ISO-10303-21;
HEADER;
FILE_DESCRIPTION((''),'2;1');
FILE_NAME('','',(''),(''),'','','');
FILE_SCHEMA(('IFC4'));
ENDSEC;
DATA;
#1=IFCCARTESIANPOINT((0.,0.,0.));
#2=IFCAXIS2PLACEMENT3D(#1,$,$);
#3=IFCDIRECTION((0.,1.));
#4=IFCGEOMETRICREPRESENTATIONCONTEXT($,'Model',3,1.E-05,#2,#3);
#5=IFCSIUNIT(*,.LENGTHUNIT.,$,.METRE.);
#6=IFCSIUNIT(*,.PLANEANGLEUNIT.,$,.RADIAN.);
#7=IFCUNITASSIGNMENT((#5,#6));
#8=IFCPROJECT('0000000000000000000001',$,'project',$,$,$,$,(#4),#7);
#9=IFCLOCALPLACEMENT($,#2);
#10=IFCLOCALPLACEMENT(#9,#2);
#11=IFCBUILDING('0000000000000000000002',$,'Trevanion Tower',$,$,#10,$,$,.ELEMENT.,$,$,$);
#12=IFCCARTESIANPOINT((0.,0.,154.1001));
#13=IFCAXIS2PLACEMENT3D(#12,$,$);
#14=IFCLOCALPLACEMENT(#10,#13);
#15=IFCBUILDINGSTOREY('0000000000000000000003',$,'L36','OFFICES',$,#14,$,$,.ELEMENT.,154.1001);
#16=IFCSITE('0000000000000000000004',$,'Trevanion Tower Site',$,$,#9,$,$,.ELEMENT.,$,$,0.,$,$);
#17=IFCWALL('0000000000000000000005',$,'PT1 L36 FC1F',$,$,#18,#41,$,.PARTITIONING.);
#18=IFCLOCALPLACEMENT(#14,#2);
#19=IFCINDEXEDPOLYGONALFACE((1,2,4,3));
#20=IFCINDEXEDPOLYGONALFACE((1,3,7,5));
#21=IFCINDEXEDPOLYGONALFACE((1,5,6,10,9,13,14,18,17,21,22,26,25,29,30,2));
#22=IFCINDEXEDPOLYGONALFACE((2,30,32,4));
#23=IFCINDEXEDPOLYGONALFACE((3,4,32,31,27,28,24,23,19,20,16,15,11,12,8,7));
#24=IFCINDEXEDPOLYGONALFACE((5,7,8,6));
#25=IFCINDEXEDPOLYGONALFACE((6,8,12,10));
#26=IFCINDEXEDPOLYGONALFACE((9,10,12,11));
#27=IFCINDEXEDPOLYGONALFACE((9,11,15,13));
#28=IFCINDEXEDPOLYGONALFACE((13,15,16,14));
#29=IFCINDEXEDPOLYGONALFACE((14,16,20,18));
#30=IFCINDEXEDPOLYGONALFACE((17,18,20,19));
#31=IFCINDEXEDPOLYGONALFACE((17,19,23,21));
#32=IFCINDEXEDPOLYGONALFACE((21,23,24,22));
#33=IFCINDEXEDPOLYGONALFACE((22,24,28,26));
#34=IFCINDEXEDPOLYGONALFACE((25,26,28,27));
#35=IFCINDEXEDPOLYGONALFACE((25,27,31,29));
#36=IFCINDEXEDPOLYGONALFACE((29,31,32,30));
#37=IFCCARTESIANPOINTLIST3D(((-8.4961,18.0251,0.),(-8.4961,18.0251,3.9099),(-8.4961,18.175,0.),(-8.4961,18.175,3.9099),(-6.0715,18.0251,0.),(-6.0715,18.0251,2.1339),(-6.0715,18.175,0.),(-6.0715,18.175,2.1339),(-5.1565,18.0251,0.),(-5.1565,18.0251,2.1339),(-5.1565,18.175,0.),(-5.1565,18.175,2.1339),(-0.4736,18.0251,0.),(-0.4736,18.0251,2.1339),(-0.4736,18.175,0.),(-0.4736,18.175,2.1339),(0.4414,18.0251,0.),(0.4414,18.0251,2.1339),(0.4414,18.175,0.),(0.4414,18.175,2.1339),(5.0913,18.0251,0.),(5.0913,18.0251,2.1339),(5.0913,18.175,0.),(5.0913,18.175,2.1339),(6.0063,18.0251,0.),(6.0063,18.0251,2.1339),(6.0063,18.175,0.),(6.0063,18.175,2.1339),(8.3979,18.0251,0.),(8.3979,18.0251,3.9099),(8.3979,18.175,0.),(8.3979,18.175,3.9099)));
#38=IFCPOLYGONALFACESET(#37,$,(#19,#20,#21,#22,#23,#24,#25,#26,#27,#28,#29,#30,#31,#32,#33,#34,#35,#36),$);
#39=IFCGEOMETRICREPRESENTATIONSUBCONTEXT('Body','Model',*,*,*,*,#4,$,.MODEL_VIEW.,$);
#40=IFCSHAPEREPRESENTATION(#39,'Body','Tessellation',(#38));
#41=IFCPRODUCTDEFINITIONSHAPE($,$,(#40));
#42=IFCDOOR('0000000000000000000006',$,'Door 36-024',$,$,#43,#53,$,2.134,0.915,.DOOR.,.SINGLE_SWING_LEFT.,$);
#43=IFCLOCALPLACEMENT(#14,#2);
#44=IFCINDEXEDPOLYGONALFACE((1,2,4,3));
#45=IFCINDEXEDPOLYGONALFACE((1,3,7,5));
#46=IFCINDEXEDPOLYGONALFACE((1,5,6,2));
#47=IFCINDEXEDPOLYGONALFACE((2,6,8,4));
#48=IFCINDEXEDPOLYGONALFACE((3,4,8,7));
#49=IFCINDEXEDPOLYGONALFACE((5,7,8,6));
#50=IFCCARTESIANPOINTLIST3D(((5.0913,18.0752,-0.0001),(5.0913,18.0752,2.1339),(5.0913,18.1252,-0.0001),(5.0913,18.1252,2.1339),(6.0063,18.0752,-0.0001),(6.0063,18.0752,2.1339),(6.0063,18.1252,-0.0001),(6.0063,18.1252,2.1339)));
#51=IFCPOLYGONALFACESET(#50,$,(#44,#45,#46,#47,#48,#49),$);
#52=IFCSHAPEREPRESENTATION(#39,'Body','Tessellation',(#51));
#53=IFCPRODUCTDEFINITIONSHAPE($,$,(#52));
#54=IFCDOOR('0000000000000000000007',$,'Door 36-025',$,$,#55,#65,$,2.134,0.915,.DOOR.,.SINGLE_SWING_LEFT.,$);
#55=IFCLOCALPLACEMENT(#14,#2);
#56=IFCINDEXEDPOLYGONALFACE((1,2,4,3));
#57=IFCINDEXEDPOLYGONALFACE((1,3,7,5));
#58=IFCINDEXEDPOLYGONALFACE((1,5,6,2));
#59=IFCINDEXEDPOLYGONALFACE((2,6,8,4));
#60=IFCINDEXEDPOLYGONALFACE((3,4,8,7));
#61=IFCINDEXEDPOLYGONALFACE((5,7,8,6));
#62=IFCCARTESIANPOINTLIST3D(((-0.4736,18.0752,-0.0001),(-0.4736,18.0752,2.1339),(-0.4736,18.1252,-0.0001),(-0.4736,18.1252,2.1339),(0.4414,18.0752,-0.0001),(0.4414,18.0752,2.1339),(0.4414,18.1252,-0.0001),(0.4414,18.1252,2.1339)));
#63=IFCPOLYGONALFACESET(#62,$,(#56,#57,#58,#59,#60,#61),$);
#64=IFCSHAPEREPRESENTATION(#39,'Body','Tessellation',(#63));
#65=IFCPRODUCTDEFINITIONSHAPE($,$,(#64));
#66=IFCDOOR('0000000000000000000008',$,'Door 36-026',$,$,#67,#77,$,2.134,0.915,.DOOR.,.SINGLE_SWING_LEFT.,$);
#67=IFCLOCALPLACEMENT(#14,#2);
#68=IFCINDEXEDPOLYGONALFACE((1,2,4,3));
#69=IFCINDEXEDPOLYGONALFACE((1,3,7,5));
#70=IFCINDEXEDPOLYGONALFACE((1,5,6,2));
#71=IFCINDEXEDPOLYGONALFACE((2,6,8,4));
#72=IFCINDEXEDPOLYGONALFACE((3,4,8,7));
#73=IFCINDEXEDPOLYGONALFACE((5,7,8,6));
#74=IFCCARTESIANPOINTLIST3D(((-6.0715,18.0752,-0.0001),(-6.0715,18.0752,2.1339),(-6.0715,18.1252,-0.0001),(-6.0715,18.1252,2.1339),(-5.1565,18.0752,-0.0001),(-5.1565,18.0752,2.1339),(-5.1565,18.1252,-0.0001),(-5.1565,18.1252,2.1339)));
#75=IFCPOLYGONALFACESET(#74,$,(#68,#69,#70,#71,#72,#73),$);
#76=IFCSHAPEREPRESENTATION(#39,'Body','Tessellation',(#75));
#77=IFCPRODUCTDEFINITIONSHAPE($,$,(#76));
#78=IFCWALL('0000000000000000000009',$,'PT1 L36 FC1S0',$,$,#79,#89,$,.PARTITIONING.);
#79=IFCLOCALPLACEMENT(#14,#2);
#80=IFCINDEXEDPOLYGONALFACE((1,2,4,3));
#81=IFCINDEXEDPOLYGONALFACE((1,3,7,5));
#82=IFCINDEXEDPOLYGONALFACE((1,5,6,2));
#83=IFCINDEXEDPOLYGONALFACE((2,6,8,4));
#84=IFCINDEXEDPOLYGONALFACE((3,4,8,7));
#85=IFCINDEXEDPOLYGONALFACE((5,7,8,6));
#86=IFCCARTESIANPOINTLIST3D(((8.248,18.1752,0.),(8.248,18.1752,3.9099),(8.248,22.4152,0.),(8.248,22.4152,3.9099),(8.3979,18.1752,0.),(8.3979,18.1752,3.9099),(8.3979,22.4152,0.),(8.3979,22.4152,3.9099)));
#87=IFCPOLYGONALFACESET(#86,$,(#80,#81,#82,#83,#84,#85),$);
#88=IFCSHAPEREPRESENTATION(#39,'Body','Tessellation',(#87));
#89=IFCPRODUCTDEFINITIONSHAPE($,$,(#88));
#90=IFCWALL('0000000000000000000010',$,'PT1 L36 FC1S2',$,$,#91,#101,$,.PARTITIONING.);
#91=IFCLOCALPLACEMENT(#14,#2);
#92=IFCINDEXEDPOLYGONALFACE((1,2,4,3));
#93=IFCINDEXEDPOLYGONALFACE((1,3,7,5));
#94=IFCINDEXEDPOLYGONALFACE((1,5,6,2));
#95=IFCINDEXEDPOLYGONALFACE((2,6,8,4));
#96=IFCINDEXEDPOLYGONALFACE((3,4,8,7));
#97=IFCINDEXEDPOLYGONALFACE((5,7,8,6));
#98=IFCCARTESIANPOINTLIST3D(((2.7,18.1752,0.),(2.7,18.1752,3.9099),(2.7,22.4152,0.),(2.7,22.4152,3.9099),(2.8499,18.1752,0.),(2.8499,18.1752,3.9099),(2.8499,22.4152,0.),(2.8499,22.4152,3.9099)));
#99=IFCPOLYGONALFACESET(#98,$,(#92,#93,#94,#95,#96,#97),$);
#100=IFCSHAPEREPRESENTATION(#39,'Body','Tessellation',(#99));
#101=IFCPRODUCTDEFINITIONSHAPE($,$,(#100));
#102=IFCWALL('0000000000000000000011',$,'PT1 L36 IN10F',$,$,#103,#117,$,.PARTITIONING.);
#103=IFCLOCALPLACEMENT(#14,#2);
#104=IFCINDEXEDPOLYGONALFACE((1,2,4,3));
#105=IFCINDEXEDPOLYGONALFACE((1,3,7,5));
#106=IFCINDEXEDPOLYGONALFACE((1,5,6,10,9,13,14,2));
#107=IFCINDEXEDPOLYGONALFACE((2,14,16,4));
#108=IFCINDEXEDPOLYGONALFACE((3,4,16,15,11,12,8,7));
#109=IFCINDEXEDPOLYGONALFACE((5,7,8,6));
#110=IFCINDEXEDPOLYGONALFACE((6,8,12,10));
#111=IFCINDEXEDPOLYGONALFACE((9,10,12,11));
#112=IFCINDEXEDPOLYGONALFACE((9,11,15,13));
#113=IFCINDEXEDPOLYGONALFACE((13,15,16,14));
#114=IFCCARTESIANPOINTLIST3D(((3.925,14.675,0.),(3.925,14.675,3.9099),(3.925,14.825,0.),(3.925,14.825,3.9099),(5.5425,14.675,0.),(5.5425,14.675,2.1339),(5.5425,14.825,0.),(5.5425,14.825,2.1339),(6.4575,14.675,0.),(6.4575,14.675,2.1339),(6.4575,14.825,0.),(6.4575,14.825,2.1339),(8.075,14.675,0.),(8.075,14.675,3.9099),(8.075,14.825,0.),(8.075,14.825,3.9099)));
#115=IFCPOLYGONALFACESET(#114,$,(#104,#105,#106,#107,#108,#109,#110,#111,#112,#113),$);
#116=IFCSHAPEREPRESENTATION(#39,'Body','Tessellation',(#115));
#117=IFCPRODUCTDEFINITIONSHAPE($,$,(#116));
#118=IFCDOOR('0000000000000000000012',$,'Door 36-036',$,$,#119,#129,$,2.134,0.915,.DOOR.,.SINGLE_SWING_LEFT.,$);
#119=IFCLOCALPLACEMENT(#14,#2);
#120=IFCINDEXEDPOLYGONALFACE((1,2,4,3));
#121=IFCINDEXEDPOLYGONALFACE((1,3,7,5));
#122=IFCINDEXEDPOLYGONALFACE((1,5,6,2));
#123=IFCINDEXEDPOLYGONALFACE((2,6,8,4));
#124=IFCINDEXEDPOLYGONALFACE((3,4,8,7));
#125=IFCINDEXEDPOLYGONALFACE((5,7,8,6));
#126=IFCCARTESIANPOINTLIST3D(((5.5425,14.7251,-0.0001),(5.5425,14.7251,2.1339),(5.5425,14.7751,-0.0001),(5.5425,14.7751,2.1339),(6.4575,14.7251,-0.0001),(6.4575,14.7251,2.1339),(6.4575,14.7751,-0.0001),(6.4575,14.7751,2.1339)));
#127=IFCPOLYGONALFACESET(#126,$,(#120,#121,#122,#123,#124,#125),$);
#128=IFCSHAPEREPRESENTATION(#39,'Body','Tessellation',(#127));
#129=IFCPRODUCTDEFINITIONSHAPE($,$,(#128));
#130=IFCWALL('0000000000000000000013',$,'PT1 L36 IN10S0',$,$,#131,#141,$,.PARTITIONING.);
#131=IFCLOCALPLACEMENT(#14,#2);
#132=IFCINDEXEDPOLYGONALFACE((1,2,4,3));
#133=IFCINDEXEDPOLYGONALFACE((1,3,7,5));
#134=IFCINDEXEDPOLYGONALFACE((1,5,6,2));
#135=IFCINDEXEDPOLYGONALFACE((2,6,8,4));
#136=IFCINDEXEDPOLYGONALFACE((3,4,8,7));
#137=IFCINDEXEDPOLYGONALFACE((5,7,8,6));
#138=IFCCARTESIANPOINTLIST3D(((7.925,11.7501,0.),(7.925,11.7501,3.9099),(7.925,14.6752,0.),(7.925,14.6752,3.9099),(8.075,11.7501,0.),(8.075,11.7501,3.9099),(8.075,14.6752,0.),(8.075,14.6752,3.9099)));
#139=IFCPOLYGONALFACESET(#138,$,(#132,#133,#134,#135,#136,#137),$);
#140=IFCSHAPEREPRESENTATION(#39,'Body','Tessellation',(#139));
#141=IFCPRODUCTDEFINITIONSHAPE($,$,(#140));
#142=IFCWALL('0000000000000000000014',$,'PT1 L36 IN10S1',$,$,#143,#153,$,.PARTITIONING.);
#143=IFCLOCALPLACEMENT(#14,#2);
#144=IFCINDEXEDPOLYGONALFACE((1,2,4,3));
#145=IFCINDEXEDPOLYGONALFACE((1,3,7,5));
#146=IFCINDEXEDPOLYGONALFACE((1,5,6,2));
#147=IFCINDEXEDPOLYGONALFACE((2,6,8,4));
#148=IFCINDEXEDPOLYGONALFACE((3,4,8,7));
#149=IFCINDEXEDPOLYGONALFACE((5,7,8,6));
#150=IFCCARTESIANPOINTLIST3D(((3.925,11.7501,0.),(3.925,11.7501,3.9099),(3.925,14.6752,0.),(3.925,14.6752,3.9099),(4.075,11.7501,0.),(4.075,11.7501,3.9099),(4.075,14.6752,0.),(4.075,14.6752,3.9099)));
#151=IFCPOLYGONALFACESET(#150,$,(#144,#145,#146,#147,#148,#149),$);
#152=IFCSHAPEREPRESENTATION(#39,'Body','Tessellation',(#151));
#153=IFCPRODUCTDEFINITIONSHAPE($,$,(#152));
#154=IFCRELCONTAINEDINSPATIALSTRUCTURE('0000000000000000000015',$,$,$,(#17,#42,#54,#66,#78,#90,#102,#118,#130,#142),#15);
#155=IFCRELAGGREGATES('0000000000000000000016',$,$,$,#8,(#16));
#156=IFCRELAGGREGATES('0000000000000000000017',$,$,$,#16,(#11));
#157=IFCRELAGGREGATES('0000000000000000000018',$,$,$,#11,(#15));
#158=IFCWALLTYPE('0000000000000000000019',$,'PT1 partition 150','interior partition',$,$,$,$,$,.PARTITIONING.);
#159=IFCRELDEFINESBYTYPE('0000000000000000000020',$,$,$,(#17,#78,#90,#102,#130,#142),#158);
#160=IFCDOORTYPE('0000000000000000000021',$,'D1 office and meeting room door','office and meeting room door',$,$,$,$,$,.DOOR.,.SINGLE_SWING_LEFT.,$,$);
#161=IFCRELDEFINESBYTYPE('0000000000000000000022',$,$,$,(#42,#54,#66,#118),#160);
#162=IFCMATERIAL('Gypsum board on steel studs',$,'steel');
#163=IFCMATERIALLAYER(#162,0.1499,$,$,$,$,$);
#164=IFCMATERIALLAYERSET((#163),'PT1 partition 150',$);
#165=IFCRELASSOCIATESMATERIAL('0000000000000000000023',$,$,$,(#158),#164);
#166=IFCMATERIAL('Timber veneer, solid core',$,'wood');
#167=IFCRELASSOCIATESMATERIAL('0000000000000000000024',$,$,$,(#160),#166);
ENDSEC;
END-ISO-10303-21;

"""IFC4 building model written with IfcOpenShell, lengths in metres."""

from ifc_helpers import new_model, si_unit, direction, frame, frame_2d, origin, place, context, subcontext, project, spatial, rectangle, extrude, material, layer, layer_set, type_object, element, fill, save


model = new_model("IFC4")

# Units and contexts
model_context = context("Model", 3, precision=1e-05, world=origin(), true_north=direction((0.0, 1.0)))
body_context = subcontext(model_context, "Body", "Model", "MODEL_VIEW")
ifc_project = project(units=[si_unit("LENGTHUNIT", "METRE"), si_unit("PLANEANGLEUNIT", "RADIAN")], contexts=[model_context])

# Site, building, storey
site_placement = place(None, origin())
site = spatial("IfcSite", under=ifc_project, at=site_placement, Name="Trevanion Tower Site", CompositionType="ELEMENT", RefElevation=0.0)
building_placement = place(site_placement, origin())
building = spatial("IfcBuilding", under=site, at=building_placement, Name="Trevanion Tower", CompositionType="ELEMENT")
storey_placement = place(building_placement, frame((0.0, 0.0, 154.1001)))
storey = spatial("IfcBuildingStorey", under=building, at=storey_placement, Name="L36", Description="OFFICES", CompositionType="ELEMENT", Elevation=154.1001)

# Shared definitions
ifc_material_1 = material(Name="Gypsum board on steel studs", Category="steel")
ifc_layer_1 = layer(ifc_material_1, 0.1499)
ifc_layer_set_1 = layer_set([ifc_layer_1], Name="PT1 partition 150")
wall_type = type_object("IfcWallType", Name="PT1 partition 150", Description="interior partition", PredefinedType="PARTITIONING", material=ifc_layer_set_1)
ifc_material_2 = material(Name="Timber veneer, solid core", Category="wood")
door_type = type_object("IfcDoorType", Name="D1 office and meeting room door", Description="office and meeting room door", OperationType="SINGLE_SWING_LEFT", PredefinedType="DOOR", material=ifc_material_2)

# Wall, openings, doors
wall_1_placement = place(storey_placement, frame((8.3979, 18.1001, 0.0), z_axis=(0.0, 0.0, 1.0), x_axis=(-1.0, 0.0, 0.0)))
wall_1 = element("IfcWall", 1, at=wall_1_placement, inside=storey, type_object=wall_type, Name="PT1 L36 FC1F", PredefinedType="PARTITIONING", context=body_context, shape_type="SweptSolid", body=[
    extrude(rectangle(XDim=16.894, YDim=0.1499, at=frame_2d((8.447, 0.0))), origin(), (0.0, 0.0, 1.0), 3.9099),
])
opening_1_placement = place(wall_1_placement, frame((2.3916, 0.0, 0.0)))
opening_1 = element("IfcOpeningElement", 2, at=opening_1_placement, cuts=wall_1, PredefinedType="OPENING", context=body_context, shape_type="SweptSolid", body=[
    extrude(rectangle(XDim=0.915, YDim=2.134, at=frame_2d((0.4575, 1.0669))), frame((0.0, 0.085, 0.0), z_axis=(0.0, -1.0, 0.0), x_axis=(1.0, 0.0, 0.0)), (0.0, 0.0, 1.0), 0.1699),
])
opening_2_placement = place(wall_1_placement, frame((7.9565, 0.0, 0.0)))
opening_2 = element("IfcOpeningElement", 3, at=opening_2_placement, cuts=wall_1, PredefinedType="OPENING", context=body_context, shape_type="SweptSolid", body=[
    extrude(rectangle(XDim=0.915, YDim=2.134, at=frame_2d((0.4575, 1.0669))), frame((0.0, 0.085, 0.0), z_axis=(0.0, -1.0, 0.0), x_axis=(1.0, 0.0, 0.0)), (0.0, 0.0, 1.0), 0.1699),
])
opening_3_placement = place(wall_1_placement, frame((13.5544, 0.0, 0.0)))
opening_3 = element("IfcOpeningElement", 4, at=opening_3_placement, cuts=wall_1, PredefinedType="OPENING", context=body_context, shape_type="SweptSolid", body=[
    extrude(rectangle(XDim=0.915, YDim=2.134, at=frame_2d((0.4575, 1.0669))), frame((0.0, 0.085, 0.0), z_axis=(0.0, -1.0, 0.0), x_axis=(1.0, 0.0, 0.0)), (0.0, 0.0, 1.0), 0.1699),
])
door_1_placement = place(opening_1_placement, origin())
door_1 = element("IfcDoor", 5, at=door_1_placement, inside=storey, type_object=door_type, Name="Door 36-024", OperationType="SINGLE_SWING_LEFT", OverallHeight=2.134, OverallWidth=0.915, PredefinedType="DOOR", context=body_context, shape_type="SweptSolid", body=[
    extrude(rectangle(XDim=0.915, YDim=2.134, at=frame_2d((0.4575, 1.0669))), frame((0.0, 0.0249, 0.0), z_axis=(0.0, -1.0, 0.0), x_axis=(1.0, 0.0, 0.0)), (0.0, 0.0, 1.0), 0.05),
])
fill(opening_1, door_1)
door_2_placement = place(opening_2_placement, origin())
door_2 = element("IfcDoor", 6, at=door_2_placement, inside=storey, type_object=door_type, Name="Door 36-025", OperationType="SINGLE_SWING_LEFT", OverallHeight=2.134, OverallWidth=0.915, PredefinedType="DOOR", context=body_context, shape_type="SweptSolid", body=[
    extrude(rectangle(XDim=0.915, YDim=2.134, at=frame_2d((0.4575, 1.0669))), frame((0.0, 0.0249, 0.0), z_axis=(0.0, -1.0, 0.0), x_axis=(1.0, 0.0, 0.0)), (0.0, 0.0, 1.0), 0.05),
])
fill(opening_2, door_2)
door_3_placement = place(opening_3_placement, origin())
door_3 = element("IfcDoor", 7, at=door_3_placement, inside=storey, type_object=door_type, Name="Door 36-026", OperationType="SINGLE_SWING_LEFT", OverallHeight=2.134, OverallWidth=0.915, PredefinedType="DOOR", context=body_context, shape_type="SweptSolid", body=[
    extrude(rectangle(XDim=0.915, YDim=2.134, at=frame_2d((0.4575, 1.0669))), frame((0.0, 0.0249, 0.0), z_axis=(0.0, -1.0, 0.0), x_axis=(1.0, 0.0, 0.0)), (0.0, 0.0, 1.0), 0.05),
])
fill(opening_3, door_3)

# Walls
for number, where, z_axis, x_axis, name in (
    (8, (8.323, 18.175, 0.0), (0.0, 0.0, 1.0), (0.0, 1.0, 0.0), "PT1 L36 FC1S0"),
    (9, (2.7749, 18.175, 0.0), (0.0, 0.0, 1.0), (0.0, 1.0, 0.0), "PT1 L36 FC1S2"),
):
    element("IfcWall", number, at=place(storey_placement, frame(where, z_axis=z_axis, x_axis=x_axis)), inside=storey, type_object=wall_type, Name=name, PredefinedType="PARTITIONING", context=body_context, shape_type="SweptSolid", body=[
        extrude(rectangle(XDim=4.24, YDim=0.1499, at=frame_2d((2.1201, 0.0))), origin(), (0.0, 0.0, 1.0), 3.9099),
    ])

# Wall, opening, door
wall_2_placement = place(storey_placement, frame((8.075, 14.75, 0.0), z_axis=(0.0, 0.0, 1.0), x_axis=(-1.0, 0.0, 0.0)))
wall_2 = element("IfcWall", 10, at=wall_2_placement, inside=storey, type_object=wall_type, Name="PT1 L36 IN10F", PredefinedType="PARTITIONING", context=body_context, shape_type="SweptSolid", body=[
    extrude(rectangle(XDim=4.1499, YDim=0.1499, at=frame_2d((2.075, 0.0))), origin(), (0.0, 0.0, 1.0), 3.9099),
])
opening_4_placement = place(wall_2_placement, frame((1.6174, 0.0, 0.0)))
opening_4 = element("IfcOpeningElement", 11, at=opening_4_placement, cuts=wall_2, PredefinedType="OPENING", context=body_context, shape_type="SweptSolid", body=[
    extrude(rectangle(XDim=0.915, YDim=2.134, at=frame_2d((0.4575, 1.0669))), frame((0.0, 0.085, 0.0), z_axis=(0.0, -1.0, 0.0), x_axis=(1.0, 0.0, 0.0)), (0.0, 0.0, 1.0), 0.1699),
])
door_4_placement = place(opening_4_placement, origin())
door_4 = element("IfcDoor", 12, at=door_4_placement, inside=storey, type_object=door_type, Name="Door 36-036", OperationType="SINGLE_SWING_LEFT", OverallHeight=2.134, OverallWidth=0.915, PredefinedType="DOOR", context=body_context, shape_type="SweptSolid", body=[
    extrude(rectangle(XDim=0.915, YDim=2.134, at=frame_2d((0.4575, 1.0669))), frame((0.0, 0.0249, 0.0), z_axis=(0.0, -1.0, 0.0), x_axis=(1.0, 0.0, 0.0)), (0.0, 0.0, 1.0), 0.05),
])
fill(opening_4, door_4)

# Walls
for number, where, z_axis, x_axis, name in (
    (13, (8.0, 14.675, 0.0), (0.0, 0.0, 1.0), (0.0, -1.0, 0.0), "PT1 L36 IN10S0"),
    (14, (4.0, 14.675, 0.0), (0.0, 0.0, 1.0), (0.0, -1.0, 0.0), "PT1 L36 IN10S1"),
):
    element("IfcWall", number, at=place(storey_placement, frame(where, z_axis=z_axis, x_axis=x_axis)), inside=storey, type_object=wall_type, Name=name, PredefinedType="PARTITIONING", context=body_context, shape_type="SweptSolid", body=[
        extrude(rectangle(XDim=2.925, YDim=0.1499, at=frame_2d((1.4624, 0.0))), origin(), (0.0, 0.0, 1.0), 3.9099),
    ])

save(model, "model.ifc")
